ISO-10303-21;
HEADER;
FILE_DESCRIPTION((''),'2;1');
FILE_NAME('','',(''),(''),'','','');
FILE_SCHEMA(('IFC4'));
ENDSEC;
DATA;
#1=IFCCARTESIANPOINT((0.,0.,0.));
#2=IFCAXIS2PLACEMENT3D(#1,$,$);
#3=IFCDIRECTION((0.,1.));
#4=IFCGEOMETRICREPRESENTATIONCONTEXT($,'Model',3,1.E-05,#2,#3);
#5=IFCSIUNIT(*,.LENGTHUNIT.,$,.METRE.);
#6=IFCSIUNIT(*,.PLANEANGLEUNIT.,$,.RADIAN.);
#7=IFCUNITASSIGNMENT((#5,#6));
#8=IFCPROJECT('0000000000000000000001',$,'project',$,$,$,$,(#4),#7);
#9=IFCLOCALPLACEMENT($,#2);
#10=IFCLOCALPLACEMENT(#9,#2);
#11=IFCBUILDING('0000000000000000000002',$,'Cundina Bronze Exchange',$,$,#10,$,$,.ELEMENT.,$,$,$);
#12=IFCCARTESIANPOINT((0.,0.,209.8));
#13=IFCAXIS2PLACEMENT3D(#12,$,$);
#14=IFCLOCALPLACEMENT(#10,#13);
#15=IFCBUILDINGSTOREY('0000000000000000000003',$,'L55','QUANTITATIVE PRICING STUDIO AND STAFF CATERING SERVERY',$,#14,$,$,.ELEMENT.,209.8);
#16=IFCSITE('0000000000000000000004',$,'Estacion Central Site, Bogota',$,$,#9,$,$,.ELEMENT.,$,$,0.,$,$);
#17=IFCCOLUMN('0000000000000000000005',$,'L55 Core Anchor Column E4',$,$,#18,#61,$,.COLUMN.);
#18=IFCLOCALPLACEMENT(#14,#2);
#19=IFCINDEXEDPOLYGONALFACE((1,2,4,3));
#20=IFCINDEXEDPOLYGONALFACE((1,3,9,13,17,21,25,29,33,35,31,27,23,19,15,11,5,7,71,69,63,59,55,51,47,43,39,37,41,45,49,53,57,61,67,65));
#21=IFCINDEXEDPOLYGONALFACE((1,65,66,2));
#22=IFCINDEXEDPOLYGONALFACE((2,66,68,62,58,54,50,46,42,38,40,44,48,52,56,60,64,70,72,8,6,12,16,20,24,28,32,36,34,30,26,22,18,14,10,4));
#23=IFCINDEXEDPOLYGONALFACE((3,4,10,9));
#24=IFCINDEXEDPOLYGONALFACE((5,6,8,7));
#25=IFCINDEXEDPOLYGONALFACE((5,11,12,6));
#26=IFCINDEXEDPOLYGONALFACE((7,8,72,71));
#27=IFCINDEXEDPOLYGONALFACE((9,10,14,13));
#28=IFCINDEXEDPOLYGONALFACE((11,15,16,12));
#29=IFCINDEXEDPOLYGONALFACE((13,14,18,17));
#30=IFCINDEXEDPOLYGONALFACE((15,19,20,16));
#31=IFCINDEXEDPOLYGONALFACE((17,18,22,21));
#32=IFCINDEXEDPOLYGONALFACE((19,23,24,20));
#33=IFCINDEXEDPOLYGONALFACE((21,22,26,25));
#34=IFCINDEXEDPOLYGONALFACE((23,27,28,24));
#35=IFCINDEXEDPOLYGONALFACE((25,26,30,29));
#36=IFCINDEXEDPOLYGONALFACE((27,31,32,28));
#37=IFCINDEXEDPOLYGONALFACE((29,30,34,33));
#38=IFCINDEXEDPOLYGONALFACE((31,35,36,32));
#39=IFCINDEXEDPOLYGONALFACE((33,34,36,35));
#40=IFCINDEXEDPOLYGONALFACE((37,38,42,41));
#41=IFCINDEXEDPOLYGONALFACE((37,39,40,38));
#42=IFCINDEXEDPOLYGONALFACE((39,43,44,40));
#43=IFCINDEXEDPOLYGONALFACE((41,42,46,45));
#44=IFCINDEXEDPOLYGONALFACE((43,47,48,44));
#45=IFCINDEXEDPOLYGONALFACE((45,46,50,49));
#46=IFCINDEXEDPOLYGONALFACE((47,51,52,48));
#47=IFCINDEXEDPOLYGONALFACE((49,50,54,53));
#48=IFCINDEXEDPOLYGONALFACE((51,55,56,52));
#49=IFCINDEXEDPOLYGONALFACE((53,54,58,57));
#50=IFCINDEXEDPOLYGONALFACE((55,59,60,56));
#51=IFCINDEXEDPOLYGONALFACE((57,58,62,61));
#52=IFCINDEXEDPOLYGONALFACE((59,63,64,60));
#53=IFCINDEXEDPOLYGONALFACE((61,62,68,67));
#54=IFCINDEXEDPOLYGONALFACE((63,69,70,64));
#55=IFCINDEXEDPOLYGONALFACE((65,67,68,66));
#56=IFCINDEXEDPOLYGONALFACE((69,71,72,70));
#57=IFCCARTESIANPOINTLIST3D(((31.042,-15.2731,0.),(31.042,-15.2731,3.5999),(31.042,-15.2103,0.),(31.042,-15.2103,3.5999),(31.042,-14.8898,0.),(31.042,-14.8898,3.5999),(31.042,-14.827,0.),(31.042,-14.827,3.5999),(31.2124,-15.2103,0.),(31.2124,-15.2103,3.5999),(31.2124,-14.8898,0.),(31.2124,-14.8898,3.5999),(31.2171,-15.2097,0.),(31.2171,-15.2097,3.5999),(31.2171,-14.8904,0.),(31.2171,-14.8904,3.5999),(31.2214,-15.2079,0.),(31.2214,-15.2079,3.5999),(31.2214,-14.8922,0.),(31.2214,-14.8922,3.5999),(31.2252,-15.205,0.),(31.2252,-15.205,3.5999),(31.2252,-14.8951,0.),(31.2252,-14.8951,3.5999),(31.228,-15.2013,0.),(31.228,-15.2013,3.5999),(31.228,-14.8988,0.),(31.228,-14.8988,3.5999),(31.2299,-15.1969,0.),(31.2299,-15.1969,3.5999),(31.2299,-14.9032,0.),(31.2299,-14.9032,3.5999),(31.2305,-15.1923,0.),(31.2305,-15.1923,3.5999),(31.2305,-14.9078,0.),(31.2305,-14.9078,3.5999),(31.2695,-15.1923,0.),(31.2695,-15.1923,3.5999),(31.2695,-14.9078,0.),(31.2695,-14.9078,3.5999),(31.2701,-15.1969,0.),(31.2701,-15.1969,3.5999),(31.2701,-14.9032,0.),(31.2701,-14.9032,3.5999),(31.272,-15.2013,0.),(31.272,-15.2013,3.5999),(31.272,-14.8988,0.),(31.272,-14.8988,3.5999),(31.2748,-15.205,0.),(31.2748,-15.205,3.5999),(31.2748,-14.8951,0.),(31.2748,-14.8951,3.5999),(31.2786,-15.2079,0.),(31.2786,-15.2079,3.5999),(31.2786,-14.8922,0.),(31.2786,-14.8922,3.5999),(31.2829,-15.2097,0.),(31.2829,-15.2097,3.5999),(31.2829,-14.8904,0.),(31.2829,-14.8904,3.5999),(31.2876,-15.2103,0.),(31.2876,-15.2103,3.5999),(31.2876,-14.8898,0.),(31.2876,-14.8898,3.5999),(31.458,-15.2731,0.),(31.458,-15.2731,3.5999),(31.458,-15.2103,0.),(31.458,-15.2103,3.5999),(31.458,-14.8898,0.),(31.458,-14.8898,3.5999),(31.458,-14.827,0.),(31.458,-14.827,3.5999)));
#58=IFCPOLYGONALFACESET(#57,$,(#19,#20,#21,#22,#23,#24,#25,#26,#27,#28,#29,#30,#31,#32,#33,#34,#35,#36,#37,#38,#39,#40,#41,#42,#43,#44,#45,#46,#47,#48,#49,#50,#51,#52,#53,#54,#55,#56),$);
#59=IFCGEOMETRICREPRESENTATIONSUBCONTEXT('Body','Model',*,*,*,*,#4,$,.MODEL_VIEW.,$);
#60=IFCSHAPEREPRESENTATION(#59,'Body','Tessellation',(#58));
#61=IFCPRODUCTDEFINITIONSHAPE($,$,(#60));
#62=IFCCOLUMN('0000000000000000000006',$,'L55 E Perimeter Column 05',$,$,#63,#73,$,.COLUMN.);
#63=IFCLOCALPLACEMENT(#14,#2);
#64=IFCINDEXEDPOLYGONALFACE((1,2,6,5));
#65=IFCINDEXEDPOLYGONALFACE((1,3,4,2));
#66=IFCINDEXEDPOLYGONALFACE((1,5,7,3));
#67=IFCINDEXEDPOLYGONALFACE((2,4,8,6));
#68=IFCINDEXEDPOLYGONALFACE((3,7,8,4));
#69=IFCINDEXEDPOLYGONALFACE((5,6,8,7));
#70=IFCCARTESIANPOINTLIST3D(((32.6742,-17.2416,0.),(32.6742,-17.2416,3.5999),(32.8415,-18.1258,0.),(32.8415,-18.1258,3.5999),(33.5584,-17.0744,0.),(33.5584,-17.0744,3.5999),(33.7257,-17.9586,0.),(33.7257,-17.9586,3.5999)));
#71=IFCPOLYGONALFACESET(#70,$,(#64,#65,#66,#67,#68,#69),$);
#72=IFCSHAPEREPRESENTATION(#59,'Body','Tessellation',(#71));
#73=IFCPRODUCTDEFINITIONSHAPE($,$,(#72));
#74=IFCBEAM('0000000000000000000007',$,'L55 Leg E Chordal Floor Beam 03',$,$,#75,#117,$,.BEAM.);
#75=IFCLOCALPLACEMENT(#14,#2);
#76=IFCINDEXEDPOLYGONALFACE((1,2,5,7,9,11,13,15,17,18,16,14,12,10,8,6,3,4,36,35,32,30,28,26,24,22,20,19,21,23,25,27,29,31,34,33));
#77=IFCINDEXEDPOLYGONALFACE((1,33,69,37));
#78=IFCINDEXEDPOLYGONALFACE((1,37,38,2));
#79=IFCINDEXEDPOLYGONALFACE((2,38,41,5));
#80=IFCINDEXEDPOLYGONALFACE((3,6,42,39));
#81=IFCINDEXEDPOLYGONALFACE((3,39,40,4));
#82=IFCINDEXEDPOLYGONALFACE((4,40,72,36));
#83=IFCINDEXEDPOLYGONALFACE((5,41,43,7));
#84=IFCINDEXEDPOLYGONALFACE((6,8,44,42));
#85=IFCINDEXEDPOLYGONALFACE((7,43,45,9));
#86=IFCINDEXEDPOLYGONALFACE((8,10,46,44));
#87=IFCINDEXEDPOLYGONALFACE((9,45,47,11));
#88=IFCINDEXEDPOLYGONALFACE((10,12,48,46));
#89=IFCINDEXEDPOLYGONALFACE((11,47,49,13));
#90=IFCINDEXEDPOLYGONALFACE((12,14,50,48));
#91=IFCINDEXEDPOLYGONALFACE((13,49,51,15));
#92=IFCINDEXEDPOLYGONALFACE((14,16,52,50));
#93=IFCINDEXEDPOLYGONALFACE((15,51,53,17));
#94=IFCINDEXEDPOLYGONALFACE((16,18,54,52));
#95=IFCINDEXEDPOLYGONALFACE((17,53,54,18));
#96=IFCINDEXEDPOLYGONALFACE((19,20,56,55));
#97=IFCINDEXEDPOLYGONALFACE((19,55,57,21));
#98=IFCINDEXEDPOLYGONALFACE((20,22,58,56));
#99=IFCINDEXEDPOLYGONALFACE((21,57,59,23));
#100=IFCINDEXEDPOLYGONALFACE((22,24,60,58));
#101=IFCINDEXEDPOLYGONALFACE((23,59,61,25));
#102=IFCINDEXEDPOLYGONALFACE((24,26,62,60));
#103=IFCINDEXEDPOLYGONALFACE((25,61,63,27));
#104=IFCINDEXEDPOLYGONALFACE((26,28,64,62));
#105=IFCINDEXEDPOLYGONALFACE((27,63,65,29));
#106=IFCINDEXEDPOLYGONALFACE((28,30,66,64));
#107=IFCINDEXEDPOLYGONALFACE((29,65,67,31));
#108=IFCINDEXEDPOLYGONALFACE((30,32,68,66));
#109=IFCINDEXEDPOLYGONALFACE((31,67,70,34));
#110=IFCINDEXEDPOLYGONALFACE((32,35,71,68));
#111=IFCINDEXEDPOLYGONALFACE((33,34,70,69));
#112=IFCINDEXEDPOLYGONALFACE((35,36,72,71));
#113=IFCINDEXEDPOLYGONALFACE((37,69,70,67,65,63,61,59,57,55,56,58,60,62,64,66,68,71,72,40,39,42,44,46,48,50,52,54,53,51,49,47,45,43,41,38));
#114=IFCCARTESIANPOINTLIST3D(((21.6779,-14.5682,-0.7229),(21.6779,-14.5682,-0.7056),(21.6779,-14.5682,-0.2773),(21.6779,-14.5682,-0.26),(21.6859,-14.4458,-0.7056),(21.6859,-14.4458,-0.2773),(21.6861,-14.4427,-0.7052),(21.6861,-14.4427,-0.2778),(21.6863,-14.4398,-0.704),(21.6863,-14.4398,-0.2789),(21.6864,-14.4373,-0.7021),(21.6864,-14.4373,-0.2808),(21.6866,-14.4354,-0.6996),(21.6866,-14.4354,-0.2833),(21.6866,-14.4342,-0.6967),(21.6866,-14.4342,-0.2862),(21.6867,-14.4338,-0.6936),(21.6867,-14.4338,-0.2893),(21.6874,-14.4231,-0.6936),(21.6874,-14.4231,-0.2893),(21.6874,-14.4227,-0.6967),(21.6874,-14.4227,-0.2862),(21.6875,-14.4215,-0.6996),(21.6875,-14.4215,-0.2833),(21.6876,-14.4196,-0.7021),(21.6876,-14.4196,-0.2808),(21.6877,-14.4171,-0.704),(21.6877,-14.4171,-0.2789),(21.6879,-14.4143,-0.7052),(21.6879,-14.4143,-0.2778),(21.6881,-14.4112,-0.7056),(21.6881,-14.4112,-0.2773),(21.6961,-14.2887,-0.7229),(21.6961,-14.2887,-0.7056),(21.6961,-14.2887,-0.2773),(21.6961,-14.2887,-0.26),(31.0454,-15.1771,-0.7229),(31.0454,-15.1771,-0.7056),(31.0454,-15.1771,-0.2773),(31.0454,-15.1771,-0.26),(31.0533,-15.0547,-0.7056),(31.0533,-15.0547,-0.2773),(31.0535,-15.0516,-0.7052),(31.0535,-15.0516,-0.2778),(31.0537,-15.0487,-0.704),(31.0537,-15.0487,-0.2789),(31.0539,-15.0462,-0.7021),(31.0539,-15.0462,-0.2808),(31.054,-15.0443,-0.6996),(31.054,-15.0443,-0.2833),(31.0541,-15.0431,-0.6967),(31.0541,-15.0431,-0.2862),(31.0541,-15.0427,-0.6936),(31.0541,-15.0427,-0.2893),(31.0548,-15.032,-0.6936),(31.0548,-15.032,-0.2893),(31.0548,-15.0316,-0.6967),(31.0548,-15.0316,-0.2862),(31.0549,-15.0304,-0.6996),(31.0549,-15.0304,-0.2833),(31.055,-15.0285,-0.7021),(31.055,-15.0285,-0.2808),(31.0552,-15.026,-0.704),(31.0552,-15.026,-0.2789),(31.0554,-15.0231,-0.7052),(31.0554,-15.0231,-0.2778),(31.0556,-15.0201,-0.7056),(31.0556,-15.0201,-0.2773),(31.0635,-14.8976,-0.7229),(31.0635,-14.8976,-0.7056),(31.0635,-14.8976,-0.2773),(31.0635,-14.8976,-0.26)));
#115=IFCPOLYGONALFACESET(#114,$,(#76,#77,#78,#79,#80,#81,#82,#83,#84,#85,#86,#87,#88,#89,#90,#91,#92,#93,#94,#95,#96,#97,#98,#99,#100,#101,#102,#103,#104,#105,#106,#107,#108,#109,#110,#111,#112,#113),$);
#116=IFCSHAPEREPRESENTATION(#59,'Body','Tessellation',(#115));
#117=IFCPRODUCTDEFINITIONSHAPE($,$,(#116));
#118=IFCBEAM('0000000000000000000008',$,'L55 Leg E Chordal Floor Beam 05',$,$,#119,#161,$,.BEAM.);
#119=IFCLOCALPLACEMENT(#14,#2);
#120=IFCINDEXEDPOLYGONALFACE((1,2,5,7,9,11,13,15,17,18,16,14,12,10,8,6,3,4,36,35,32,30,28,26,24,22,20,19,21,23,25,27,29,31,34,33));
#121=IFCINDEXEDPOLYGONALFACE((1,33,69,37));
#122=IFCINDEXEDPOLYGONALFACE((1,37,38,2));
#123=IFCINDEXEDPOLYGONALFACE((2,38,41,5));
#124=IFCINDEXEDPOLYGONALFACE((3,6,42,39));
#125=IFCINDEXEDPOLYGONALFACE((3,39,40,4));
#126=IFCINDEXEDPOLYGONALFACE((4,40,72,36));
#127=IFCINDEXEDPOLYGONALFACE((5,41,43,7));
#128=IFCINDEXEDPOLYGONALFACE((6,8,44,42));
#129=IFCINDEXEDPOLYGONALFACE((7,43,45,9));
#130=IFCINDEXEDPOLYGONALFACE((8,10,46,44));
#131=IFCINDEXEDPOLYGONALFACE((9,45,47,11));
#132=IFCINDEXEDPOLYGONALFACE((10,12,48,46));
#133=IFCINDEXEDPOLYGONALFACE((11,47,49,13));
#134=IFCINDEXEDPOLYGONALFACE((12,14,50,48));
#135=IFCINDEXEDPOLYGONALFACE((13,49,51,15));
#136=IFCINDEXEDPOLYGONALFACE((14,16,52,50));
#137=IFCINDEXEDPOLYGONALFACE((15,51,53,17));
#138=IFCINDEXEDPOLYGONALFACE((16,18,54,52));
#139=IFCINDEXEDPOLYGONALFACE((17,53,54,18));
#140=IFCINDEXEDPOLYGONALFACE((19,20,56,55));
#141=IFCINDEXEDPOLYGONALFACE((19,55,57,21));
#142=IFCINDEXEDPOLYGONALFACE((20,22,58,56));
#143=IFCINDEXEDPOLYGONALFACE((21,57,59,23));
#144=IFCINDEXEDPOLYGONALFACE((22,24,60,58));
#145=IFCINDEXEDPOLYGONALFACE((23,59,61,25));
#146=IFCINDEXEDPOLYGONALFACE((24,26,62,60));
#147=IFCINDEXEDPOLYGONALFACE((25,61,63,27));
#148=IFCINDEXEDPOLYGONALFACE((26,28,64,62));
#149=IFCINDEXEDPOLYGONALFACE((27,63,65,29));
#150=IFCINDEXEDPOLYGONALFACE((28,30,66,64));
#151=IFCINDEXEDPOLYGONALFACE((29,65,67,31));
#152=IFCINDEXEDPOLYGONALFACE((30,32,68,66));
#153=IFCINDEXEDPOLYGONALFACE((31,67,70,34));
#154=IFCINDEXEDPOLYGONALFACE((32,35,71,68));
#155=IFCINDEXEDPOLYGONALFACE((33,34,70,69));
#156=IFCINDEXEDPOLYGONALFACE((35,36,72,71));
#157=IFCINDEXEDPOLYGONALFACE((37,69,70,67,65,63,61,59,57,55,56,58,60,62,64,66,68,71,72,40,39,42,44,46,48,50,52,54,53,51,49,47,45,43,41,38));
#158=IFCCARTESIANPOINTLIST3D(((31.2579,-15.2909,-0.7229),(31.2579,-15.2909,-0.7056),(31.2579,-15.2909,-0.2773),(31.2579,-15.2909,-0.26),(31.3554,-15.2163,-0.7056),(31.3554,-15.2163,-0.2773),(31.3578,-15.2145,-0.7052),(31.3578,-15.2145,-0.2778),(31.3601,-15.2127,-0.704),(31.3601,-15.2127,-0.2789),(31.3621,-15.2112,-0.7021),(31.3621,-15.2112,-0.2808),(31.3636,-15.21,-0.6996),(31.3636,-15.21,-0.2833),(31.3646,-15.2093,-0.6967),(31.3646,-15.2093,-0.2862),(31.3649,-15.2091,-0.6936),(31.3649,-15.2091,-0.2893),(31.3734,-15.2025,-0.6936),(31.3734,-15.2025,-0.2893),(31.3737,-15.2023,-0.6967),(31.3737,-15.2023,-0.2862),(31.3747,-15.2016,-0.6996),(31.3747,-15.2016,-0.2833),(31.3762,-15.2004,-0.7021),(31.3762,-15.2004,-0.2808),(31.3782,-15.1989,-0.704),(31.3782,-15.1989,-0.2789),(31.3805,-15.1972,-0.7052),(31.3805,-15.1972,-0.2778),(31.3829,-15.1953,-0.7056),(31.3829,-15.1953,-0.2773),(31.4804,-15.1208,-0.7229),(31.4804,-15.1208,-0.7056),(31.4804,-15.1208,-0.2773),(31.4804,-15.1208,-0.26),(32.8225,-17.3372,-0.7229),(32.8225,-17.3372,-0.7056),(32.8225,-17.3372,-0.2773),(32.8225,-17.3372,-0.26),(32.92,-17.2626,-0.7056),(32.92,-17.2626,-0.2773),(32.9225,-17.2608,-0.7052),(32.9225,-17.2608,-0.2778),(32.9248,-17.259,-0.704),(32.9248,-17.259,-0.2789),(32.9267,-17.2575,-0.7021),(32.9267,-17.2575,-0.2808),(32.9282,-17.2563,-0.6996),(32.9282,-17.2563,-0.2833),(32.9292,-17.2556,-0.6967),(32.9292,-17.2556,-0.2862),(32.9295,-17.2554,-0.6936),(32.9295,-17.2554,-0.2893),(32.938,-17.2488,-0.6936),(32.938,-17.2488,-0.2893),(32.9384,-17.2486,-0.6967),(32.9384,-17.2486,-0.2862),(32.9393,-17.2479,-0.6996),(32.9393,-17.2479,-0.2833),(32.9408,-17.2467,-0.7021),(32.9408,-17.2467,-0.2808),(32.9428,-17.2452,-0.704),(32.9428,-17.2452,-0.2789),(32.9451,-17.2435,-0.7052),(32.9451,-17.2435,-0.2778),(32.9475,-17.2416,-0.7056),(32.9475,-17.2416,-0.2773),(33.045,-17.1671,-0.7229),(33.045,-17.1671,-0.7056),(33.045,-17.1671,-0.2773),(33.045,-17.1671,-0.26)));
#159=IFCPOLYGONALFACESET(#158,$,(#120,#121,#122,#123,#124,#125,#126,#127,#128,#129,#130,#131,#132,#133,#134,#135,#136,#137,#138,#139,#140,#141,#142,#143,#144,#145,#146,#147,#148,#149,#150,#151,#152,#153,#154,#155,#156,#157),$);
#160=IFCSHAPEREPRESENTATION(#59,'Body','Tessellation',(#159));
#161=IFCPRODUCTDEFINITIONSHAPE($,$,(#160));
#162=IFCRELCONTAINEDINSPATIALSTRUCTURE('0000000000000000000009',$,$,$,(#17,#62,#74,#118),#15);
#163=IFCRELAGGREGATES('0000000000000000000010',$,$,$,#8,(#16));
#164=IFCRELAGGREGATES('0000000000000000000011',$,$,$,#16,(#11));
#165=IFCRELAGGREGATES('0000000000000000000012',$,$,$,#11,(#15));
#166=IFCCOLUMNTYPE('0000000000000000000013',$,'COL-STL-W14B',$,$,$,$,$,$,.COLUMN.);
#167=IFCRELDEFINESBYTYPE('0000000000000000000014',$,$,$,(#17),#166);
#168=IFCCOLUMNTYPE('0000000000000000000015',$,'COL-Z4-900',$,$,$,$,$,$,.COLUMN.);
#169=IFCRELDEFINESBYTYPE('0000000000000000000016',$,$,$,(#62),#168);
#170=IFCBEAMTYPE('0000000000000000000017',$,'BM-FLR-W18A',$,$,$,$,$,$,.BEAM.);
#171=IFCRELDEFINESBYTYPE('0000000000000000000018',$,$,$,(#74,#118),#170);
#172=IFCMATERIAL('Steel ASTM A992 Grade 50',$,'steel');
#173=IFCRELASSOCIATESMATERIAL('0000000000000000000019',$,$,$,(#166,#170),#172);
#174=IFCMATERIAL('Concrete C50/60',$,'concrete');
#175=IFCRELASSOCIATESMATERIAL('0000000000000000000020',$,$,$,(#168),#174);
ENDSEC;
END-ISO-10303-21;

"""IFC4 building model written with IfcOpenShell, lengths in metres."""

from ifc_helpers import new_model, si_unit, direction, frame, origin, origin_2d, place, context, subcontext, project, spatial, rectangle, i_section, extrude, material, material_profile, profile_set, type_object, element, save


model = new_model("IFC4")

# Units and contexts
model_context = context("Model", 3, precision=1e-05, world=origin(), true_north=direction((0.0, 1.0)))
body_context = subcontext(model_context, "Body", "Model", "MODEL_VIEW")
ifc_project = project(units=[si_unit("LENGTHUNIT", "METRE"), si_unit("PLANEANGLEUNIT", "RADIAN")], contexts=[model_context])

# Site, building, storey
site_placement = place(None, origin())
site = spatial("IfcSite", under=ifc_project, at=site_placement, Name="Estacion Central Site, Bogota", CompositionType="ELEMENT", RefElevation=0.0)
building_placement = place(site_placement, origin())
building = spatial("IfcBuilding", under=site, at=building_placement, Name="Cundina Bronze Exchange", CompositionType="ELEMENT")
storey_placement = place(building_placement, frame((0.0, 0.0, 209.8)))
storey = spatial("IfcBuildingStorey", under=building, at=storey_placement, Name="L55", Description="QUANTITATIVE PRICING STUDIO AND STAFF CATERING SERVERY", CompositionType="ELEMENT", Elevation=209.8)

# Columns
ifc_material_1 = material(Name="Steel ASTM A992 Grade 50", Category="steel")
ifc_material_profile_1 = material_profile(ifc_material_1, i_section(OverallWidth=0.416, OverallDepth=0.446, WebThickness=0.0391, FlangeThickness=0.0627, FilletRadius=0.0181, at=origin_2d()), Name="W14X342", Category="steel")
ifc_profile_set_1 = profile_set([ifc_material_profile_1], Name="Steel ASTM A992 Grade 50")
column_type_1 = type_object("IfcColumnType", Name="COL-STL-W14B", PredefinedType="COLUMN", material=ifc_profile_set_1)
column_1_placement = place(storey_placement, frame((31.25, -15.05, 0.0), z_axis=(0.0, 0.0, 1.0), x_axis=(1.0, 0.0, 0.0)))
element("IfcColumn", 1, at=column_1_placement, inside=storey, type_object=column_type_1, Name="L55 Core Anchor Column E4", PredefinedType="COLUMN", context=body_context, shape_type="SweptSolid", body=[
    extrude(i_section(OverallWidth=0.416, OverallDepth=0.446, WebThickness=0.0391, FlangeThickness=0.0627, FilletRadius=0.0181, at=origin_2d()), origin(), (0.0, 0.0, 1.0), 3.5999),
])
ifc_material_2 = material(Name="Concrete C50/60", Category="concrete")
ifc_material_profile_2 = material_profile(ifc_material_2, rectangle(XDim=0.8999, YDim=0.8999, at=origin_2d()), Name="RC900X900", Category="concrete")
ifc_profile_set_2 = profile_set([ifc_material_profile_2], Name="Concrete C50/60")
column_type_2 = type_object("IfcColumnType", Name="COL-Z4-900", PredefinedType="COLUMN", material=ifc_profile_set_2)
column_2_placement = place(storey_placement, frame((33.2, -17.6001, 0.0), z_axis=(0.0, 0.0, 1.0), x_axis=(0.98258, 0.185838, 0.0)))
element("IfcColumn", 2, at=column_2_placement, inside=storey, type_object=column_type_2, Name="L55 E Perimeter Column 05", PredefinedType="COLUMN", context=body_context, shape_type="SweptSolid", body=[
    extrude(rectangle(XDim=0.8999, YDim=0.8999, at=origin_2d()), origin(), (0.0, 0.0, 1.0), 3.5999),
])

# Beams
ifc_material_profile_3 = material_profile(ifc_material_1, i_section(OverallWidth=0.28, OverallDepth=0.4629, WebThickness=0.0107, FlangeThickness=0.0173, FilletRadius=0.012, at=origin_2d()), Name="W18X76", Category="steel")
ifc_profile_set_3 = profile_set([ifc_material_profile_3], Name="Steel ASTM A992 Grade 50")
beam_type_1 = type_object("IfcBeamType", Name="BM-FLR-W18A", PredefinedType="BEAM", material=ifc_profile_set_3)
beam_1_placement = place(storey_placement, frame((31.0544, -15.0374, -0.4915), z_axis=(-0.997894, 0.064864, 0.0), x_axis=(-0.064864, -0.997894, 0.0)))
element("IfcBeam", 3, at=beam_1_placement, inside=storey, type_object=beam_type_1, Name="L55 Leg E Chordal Floor Beam 03", PredefinedType="BEAM", context=body_context, shape_type="SweptSolid", body=[
    extrude(i_section(OverallWidth=0.28, OverallDepth=0.4629, WebThickness=0.0107, FlangeThickness=0.0173, FilletRadius=0.012, at=origin_2d()), origin(), (0.0, 0.0, 1.0), 9.3872),
])
beam_2_placement = place(storey_placement, frame((31.3691, -15.2058, -0.4915), z_axis=(0.607404, -0.794393, 0.0), x_axis=(0.794393, 0.607404, 0.0)))
element("IfcBeam", 4, at=beam_2_placement, inside=storey, type_object=beam_type_1, Name="L55 Leg E Chordal Floor Beam 05", PredefinedType="BEAM", context=body_context, shape_type="SweptSolid", body=[
    extrude(i_section(OverallWidth=0.28, OverallDepth=0.4629, WebThickness=0.0107, FlangeThickness=0.0173, FilletRadius=0.012, at=origin_2d()), origin(), (0.0, 0.0, 1.0), 2.5759),
])

save(model, "model.ifc")
